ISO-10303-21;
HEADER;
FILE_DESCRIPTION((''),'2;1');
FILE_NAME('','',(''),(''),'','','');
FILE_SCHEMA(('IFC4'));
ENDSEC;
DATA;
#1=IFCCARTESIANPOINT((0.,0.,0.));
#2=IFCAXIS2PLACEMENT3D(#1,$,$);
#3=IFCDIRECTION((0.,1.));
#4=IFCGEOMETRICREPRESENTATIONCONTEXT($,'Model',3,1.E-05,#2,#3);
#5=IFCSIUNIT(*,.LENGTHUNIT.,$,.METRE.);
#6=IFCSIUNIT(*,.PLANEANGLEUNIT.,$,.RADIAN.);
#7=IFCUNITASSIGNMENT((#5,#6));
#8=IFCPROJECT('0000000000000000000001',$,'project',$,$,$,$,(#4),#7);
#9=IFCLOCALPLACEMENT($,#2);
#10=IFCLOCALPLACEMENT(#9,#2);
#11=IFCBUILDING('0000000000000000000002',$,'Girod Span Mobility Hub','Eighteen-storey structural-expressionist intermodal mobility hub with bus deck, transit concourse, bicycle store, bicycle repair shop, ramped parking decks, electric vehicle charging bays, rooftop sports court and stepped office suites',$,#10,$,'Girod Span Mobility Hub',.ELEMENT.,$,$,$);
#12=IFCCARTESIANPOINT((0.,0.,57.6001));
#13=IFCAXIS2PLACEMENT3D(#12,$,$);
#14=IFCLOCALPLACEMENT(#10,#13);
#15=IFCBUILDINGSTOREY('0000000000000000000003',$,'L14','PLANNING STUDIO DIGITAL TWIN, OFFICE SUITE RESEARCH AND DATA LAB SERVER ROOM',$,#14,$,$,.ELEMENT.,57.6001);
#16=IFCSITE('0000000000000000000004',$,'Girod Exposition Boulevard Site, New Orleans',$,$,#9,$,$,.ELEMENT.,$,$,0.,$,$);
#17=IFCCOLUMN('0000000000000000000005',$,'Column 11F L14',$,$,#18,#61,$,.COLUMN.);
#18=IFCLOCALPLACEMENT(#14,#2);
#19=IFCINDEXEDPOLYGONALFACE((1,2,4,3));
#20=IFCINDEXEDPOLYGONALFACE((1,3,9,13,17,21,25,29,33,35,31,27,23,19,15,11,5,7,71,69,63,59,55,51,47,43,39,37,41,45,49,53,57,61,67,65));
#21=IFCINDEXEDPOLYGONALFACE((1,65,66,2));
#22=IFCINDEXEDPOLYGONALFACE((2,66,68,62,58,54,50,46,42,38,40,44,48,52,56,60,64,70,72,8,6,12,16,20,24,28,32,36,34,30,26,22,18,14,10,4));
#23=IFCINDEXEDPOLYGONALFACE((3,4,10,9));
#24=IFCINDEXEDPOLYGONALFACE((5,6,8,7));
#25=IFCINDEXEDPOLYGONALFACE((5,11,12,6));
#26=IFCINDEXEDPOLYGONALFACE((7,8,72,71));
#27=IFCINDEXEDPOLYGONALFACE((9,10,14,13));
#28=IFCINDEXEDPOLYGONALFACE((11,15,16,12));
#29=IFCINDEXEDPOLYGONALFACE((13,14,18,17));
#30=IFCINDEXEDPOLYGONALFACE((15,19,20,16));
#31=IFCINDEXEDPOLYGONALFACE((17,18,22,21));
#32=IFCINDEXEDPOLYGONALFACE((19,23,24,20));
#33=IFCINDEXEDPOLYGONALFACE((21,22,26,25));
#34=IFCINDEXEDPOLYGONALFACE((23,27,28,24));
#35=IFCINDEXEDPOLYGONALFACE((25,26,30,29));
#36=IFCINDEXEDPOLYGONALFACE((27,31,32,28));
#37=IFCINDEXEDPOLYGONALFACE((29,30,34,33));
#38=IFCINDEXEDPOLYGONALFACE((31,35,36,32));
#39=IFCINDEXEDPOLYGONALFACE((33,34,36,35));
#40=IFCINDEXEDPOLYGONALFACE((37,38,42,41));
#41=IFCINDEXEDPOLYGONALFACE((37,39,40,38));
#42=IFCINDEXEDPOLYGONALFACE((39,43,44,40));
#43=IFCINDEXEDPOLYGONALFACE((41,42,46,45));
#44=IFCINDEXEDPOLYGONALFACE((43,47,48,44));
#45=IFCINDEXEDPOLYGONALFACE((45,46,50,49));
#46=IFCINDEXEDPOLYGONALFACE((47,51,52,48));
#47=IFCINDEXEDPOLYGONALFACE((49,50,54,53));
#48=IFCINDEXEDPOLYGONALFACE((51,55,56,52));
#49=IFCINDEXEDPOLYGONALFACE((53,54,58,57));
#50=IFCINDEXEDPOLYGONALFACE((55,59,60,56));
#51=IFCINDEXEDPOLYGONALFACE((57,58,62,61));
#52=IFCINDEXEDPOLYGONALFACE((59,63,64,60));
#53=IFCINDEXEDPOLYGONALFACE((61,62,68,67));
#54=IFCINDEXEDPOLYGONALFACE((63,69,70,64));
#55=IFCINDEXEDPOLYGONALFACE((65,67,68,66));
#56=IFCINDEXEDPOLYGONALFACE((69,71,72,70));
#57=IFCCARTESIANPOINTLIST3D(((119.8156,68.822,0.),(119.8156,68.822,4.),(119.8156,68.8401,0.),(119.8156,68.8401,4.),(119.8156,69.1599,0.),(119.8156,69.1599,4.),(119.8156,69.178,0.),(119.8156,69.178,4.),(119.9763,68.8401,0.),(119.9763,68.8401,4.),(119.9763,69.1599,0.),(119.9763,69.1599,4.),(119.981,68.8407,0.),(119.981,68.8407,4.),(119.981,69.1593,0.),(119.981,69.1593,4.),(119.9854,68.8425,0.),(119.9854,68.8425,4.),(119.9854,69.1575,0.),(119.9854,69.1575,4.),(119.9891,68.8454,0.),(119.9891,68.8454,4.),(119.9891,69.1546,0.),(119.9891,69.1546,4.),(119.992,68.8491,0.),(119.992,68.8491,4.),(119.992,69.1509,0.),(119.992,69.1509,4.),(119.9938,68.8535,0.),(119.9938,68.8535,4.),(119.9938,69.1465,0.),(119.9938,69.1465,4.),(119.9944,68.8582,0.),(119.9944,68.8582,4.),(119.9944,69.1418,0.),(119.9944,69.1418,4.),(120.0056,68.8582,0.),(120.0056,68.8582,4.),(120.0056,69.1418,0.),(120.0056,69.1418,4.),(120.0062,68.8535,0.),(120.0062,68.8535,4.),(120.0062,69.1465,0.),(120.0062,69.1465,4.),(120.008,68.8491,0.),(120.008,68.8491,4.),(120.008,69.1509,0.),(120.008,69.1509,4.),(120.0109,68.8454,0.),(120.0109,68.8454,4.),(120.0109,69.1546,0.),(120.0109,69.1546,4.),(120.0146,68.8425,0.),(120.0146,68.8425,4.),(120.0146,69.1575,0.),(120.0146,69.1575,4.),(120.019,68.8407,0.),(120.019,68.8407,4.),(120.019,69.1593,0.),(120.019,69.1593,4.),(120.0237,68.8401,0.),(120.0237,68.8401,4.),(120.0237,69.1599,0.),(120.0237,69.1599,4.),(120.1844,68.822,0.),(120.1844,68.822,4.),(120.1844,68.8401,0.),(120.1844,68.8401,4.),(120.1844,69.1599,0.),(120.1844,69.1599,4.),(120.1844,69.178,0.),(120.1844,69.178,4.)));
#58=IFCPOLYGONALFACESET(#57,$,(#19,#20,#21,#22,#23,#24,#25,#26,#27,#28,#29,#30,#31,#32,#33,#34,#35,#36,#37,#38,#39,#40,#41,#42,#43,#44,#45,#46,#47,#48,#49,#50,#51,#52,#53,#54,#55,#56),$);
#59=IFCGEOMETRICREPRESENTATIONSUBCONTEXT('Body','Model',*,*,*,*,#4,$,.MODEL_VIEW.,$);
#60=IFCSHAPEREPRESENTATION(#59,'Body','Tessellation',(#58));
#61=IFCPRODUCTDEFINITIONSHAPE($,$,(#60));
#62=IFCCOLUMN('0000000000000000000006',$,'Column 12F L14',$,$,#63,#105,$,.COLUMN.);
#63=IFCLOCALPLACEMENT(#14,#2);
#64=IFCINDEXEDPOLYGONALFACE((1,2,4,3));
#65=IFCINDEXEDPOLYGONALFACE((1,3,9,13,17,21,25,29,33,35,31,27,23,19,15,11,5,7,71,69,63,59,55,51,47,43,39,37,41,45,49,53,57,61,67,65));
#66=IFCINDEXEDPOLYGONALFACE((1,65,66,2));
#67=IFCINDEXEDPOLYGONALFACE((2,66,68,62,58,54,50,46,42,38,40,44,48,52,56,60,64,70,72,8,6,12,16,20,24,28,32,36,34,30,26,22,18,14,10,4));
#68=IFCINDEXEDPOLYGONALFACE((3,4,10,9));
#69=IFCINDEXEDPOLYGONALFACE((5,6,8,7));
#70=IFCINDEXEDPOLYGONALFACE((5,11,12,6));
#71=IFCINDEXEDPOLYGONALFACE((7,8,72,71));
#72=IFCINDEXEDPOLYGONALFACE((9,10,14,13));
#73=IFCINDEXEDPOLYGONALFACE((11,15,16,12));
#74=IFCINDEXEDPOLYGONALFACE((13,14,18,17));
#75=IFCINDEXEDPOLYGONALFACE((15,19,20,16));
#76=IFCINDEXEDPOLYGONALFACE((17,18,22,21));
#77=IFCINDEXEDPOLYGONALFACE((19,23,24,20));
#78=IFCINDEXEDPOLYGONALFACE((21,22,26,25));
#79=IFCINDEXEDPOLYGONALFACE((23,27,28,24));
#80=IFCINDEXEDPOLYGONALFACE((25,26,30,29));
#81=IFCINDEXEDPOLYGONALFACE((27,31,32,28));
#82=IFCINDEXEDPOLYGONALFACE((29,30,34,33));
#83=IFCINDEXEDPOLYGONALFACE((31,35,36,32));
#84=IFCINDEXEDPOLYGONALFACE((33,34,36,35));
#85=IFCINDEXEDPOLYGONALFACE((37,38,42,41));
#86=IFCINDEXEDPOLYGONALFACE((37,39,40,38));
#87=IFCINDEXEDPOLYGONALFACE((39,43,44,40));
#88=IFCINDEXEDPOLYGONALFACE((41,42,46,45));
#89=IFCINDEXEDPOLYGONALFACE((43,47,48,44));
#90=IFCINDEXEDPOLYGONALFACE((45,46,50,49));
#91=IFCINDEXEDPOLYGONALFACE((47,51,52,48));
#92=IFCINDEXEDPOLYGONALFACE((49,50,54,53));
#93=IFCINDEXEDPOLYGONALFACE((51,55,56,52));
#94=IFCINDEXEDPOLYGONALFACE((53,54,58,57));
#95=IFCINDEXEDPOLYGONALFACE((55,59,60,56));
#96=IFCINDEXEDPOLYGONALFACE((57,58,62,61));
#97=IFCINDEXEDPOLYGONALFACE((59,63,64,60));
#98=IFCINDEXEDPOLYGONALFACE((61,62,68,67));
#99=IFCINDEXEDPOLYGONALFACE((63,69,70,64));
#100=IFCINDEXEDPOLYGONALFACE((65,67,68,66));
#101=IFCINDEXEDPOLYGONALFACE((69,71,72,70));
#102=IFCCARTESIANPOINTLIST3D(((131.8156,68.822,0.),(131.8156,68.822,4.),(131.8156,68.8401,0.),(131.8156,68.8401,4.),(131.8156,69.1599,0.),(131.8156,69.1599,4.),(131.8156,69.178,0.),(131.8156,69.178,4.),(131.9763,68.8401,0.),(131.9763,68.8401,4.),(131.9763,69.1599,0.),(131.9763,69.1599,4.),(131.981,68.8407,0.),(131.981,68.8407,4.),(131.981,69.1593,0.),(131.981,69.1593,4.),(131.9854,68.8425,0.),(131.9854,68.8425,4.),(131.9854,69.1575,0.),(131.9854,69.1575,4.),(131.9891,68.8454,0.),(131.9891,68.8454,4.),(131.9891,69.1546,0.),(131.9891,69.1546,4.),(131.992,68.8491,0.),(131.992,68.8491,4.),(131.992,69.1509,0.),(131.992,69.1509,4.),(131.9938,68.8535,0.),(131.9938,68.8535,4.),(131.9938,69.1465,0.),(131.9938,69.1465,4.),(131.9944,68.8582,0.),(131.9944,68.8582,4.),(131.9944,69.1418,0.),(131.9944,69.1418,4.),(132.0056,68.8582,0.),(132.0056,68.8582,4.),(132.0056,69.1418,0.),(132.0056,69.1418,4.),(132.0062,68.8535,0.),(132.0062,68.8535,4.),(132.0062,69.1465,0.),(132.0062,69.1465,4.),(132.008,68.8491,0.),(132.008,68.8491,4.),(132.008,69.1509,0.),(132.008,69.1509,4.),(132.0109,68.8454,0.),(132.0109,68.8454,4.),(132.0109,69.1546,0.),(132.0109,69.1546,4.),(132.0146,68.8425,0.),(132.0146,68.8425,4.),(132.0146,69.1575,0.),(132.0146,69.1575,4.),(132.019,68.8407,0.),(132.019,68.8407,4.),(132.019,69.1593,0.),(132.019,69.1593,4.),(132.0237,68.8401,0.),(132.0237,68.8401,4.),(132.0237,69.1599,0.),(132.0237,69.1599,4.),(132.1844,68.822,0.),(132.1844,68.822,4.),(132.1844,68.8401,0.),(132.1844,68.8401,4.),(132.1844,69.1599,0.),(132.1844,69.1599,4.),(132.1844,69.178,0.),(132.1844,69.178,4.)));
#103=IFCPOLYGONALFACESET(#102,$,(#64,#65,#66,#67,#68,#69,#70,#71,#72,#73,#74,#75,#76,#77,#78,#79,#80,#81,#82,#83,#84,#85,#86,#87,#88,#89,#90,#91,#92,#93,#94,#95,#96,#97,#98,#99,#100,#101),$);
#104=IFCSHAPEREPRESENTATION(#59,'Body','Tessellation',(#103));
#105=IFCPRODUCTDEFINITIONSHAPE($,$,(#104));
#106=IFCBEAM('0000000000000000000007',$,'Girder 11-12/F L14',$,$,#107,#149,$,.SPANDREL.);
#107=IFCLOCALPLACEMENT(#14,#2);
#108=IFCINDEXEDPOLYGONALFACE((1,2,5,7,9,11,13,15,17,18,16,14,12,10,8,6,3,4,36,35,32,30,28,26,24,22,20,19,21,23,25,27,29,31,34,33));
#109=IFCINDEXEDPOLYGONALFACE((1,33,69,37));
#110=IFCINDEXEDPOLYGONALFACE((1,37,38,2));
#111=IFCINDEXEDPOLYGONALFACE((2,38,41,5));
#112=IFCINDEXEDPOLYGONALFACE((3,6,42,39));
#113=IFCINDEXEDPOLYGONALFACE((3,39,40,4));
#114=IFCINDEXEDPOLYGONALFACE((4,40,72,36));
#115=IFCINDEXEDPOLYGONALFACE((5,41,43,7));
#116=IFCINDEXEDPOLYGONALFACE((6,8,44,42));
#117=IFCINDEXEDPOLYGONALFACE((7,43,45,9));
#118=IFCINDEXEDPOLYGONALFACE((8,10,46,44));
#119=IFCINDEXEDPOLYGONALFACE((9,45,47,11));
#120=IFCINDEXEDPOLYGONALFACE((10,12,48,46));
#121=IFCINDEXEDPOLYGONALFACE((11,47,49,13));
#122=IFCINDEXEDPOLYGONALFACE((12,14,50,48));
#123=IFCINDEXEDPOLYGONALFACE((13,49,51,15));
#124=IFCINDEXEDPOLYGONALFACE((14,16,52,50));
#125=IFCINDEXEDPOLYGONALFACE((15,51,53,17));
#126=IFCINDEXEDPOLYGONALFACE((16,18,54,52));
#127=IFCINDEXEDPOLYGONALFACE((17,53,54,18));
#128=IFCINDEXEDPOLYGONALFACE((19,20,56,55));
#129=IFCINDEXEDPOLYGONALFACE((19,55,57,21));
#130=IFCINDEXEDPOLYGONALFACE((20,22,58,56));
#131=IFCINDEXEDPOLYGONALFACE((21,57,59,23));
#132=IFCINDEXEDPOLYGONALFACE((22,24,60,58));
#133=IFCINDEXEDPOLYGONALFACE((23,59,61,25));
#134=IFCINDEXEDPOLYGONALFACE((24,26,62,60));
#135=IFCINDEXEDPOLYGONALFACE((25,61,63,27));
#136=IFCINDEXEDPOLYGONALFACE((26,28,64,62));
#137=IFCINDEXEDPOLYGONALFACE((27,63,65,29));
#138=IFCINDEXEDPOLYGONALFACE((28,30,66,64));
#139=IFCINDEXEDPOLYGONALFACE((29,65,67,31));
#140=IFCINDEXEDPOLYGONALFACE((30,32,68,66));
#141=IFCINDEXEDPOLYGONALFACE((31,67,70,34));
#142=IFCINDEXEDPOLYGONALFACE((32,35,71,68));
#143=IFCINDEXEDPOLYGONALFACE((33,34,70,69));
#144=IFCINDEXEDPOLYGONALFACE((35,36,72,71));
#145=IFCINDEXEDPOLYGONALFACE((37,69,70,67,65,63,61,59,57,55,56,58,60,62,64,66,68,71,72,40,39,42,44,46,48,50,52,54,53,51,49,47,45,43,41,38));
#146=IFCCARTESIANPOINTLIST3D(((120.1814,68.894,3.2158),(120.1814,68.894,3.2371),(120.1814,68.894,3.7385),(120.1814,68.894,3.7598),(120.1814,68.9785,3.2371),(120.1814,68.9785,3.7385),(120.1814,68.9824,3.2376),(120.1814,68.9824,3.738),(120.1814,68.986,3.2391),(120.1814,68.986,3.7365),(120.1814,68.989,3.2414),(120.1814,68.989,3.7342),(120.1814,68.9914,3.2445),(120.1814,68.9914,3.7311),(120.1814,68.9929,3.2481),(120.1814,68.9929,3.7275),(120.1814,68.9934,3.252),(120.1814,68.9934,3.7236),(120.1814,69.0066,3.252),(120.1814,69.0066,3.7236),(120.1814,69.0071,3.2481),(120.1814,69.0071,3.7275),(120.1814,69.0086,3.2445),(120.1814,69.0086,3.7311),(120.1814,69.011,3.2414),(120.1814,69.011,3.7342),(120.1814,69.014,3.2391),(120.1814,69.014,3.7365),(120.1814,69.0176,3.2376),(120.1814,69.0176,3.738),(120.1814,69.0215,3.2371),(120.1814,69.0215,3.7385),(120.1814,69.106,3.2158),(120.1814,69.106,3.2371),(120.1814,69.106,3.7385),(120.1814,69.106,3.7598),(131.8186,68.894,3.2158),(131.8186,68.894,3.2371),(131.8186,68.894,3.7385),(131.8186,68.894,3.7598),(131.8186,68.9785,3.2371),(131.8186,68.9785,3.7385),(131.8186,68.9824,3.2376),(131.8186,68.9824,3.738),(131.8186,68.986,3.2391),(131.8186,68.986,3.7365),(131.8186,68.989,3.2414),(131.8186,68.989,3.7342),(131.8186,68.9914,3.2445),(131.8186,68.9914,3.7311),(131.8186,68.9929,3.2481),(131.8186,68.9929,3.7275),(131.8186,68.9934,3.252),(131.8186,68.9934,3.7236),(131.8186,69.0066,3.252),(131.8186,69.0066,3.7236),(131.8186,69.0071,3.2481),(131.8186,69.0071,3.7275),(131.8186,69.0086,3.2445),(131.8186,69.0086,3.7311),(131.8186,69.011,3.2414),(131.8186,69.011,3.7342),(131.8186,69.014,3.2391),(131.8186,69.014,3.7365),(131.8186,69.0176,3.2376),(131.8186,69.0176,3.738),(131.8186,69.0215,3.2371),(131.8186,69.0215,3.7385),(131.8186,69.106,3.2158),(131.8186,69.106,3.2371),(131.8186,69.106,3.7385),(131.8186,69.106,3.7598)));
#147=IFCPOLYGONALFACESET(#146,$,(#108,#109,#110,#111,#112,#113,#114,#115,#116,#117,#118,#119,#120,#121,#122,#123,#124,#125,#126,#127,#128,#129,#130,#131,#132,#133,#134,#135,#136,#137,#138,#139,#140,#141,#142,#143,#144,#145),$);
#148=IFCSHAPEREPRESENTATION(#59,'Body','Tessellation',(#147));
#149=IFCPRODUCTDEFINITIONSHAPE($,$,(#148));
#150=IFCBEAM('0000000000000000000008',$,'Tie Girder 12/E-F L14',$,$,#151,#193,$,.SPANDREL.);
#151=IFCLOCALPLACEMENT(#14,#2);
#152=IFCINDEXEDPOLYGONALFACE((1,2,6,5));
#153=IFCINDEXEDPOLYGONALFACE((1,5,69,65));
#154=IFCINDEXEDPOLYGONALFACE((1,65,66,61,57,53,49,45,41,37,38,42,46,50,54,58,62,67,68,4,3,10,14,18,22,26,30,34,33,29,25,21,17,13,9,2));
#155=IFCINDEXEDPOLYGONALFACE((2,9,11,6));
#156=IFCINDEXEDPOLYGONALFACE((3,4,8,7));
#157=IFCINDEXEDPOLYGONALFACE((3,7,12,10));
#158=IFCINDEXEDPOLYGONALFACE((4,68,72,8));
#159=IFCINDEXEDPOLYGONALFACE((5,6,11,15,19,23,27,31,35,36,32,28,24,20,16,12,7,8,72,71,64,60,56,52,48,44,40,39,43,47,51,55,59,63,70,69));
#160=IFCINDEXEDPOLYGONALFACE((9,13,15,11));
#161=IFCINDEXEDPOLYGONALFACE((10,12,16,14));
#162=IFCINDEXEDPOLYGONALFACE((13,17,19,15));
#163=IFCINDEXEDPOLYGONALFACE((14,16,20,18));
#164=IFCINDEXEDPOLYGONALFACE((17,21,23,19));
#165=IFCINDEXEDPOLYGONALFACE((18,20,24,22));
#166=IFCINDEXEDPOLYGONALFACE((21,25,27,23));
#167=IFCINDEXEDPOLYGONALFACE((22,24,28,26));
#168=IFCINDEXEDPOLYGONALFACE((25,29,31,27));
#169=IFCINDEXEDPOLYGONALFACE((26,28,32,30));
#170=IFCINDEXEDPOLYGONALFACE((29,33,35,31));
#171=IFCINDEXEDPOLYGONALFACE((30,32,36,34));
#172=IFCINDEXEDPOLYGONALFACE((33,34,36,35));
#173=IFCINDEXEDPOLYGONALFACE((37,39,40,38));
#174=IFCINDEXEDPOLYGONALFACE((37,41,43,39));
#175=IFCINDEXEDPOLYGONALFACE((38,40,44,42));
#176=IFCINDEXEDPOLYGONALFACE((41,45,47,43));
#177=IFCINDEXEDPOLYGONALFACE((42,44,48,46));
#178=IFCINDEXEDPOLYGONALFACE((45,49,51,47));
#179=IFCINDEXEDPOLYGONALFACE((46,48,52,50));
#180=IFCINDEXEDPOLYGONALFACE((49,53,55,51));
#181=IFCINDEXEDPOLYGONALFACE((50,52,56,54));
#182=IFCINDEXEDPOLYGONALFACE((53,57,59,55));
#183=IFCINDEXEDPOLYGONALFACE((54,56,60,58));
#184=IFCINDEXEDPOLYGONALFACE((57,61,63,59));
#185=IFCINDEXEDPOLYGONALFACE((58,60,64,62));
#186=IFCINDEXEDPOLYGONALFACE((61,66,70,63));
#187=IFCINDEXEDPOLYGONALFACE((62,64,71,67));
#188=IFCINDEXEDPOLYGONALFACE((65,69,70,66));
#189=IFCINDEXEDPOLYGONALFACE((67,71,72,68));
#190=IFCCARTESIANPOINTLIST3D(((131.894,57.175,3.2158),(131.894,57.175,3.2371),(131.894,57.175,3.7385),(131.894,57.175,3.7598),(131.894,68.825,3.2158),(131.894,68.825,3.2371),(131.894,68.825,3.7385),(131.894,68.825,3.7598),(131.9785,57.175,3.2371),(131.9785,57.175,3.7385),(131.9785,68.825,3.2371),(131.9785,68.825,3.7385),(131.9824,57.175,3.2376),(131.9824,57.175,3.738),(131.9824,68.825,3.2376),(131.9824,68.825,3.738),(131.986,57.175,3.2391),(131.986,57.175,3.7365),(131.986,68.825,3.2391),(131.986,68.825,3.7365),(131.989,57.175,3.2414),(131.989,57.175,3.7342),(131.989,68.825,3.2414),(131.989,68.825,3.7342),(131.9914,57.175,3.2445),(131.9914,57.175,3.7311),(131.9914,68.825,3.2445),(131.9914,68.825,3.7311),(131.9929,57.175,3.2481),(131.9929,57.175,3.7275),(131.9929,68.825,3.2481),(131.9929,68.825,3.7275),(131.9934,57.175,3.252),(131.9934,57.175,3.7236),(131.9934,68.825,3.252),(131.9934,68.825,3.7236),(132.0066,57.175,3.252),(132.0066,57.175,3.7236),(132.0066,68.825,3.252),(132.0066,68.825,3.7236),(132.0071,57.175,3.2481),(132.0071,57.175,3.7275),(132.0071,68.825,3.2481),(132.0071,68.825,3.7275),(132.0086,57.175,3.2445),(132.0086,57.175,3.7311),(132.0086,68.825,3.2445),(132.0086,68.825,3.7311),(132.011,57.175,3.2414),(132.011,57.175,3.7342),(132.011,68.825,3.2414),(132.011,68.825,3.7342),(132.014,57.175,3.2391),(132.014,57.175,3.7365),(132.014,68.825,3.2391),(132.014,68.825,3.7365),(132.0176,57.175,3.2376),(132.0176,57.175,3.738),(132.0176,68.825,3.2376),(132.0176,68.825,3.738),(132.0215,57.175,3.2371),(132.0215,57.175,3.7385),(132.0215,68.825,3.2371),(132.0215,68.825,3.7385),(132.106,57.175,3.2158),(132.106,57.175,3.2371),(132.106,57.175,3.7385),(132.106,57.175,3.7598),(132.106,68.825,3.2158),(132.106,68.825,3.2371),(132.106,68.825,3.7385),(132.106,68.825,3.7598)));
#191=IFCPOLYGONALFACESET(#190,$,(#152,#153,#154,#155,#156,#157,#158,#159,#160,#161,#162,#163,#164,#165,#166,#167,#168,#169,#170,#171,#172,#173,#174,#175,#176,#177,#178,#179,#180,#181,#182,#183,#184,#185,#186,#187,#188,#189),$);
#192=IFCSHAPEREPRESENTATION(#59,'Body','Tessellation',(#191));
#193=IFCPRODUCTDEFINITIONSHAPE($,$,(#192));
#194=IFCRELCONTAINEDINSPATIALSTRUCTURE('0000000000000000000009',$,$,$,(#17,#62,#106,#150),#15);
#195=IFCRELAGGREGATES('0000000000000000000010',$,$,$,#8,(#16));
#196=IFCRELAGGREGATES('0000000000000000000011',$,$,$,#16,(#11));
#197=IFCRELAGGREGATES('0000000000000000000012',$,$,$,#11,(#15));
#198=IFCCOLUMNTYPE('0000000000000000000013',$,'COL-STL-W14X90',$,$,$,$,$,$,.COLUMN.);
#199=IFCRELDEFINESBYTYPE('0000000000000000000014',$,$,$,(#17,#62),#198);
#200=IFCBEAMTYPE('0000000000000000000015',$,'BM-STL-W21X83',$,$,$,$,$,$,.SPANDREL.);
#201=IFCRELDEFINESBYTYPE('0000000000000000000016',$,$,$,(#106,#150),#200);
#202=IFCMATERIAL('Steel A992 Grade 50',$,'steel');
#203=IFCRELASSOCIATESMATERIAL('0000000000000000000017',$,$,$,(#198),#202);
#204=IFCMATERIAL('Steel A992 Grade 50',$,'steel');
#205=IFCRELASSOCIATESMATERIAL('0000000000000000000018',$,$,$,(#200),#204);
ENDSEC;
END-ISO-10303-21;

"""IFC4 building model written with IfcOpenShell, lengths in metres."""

from ifc_helpers import new_model, si_unit, direction, frame, origin, origin_2d, place, context, subcontext, project, spatial, i_section, extrude, material, material_profile, profile_set, type_object, element, save


model = new_model("IFC4")

# Units and contexts
model_context = context("Model", 3, precision=1e-05, world=origin(), true_north=direction((0.0, 1.0)))
body_context = subcontext(model_context, "Body", "Model", "MODEL_VIEW")
ifc_project = project(units=[si_unit("LENGTHUNIT", "METRE"), si_unit("PLANEANGLEUNIT", "RADIAN")], contexts=[model_context])

# Site, building, storey
site_placement = place(None, origin())
site = spatial("IfcSite", under=ifc_project, at=site_placement, Name="Girod Exposition Boulevard Site, New Orleans", CompositionType="ELEMENT", RefElevation=0.0)
building_placement = place(site_placement, origin())
building = spatial("IfcBuilding", under=site, at=building_placement, Name="Girod Span Mobility Hub", Description="Eighteen-storey structural-expressionist intermodal mobility hub with bus deck, transit concourse, bicycle store, bicycle repair shop, ramped parking decks, electric vehicle charging bays, rooftop sports court and stepped office suites", LongName="Girod Span Mobility Hub", CompositionType="ELEMENT")
storey_placement = place(building_placement, frame((0.0, 0.0, 57.6001)))
storey = spatial("IfcBuildingStorey", under=building, at=storey_placement, Name="L14", Description="PLANNING STUDIO DIGITAL TWIN, OFFICE SUITE RESEARCH AND DATA LAB SERVER ROOM", CompositionType="ELEMENT", Elevation=57.6001)

# Columns
ifc_material_1 = material(Name="Steel A992 Grade 50", Category="steel")
ifc_material_profile_1 = material_profile(ifc_material_1, i_section(OverallWidth=0.3689, OverallDepth=0.356, WebThickness=0.0112, FlangeThickness=0.0181, FilletRadius=0.0181, at=origin_2d()), Name="W14X90")
ifc_profile_set_1 = profile_set([ifc_material_profile_1], Name="Steel A992 Grade 50")
column_type = type_object("IfcColumnType", Name="COL-STL-W14X90", PredefinedType="COLUMN", material=ifc_profile_set_1)
for number, where, z_axis, x_axis, name in (
    (1, (120.0, 69.0, 0.0), (0.0, 0.0, 1.0), (1.0, 0.0, 0.0), "Column 11F L14"),
    (2, (132.0, 69.0, 0.0), (0.0, 0.0, 1.0), (1.0, 0.0, 0.0), "Column 12F L14"),
):
    element("IfcColumn", number, at=place(storey_placement, frame(where, z_axis=z_axis, x_axis=x_axis)), inside=storey, type_object=column_type, Name=name, PredefinedType="COLUMN", context=body_context, shape_type="SweptSolid", body=[
        extrude(i_section(OverallWidth=0.3689, OverallDepth=0.356, WebThickness=0.0112, FlangeThickness=0.0181, FilletRadius=0.0181, at=origin_2d()), origin(), (0.0, 0.0, 1.0), 4.0),
    ])

# Beams
ifc_material_2 = material(Name="Steel A992 Grade 50", Category="steel")
ifc_material_profile_2 = material_profile(ifc_material_2, i_section(OverallWidth=0.2119, OverallDepth=0.5439, WebThickness=0.0132, FlangeThickness=0.0212, FilletRadius=0.0149, at=origin_2d()), Name="W21X83")
ifc_profile_set_2 = profile_set([ifc_material_profile_2], Name="Steel A992 Grade 50")
beam_type = type_object("IfcBeamType", Name="BM-STL-W21X83", PredefinedType="SPANDREL", material=ifc_profile_set_2)
beam_1_placement = place(storey_placement, frame((120.1814, 69.0, 3.4878), z_axis=(1.0, 0.0, 0.0), x_axis=(0.0, 1.0, 0.0)))
element("IfcBeam", 3, at=beam_1_placement, inside=storey, type_object=beam_type, Name="Girder 11-12/F L14", PredefinedType="SPANDREL", context=body_context, shape_type="SweptSolid", body=[
    extrude(i_section(OverallWidth=0.2119, OverallDepth=0.5439, WebThickness=0.0132, FlangeThickness=0.0212, FilletRadius=0.0149, at=origin_2d()), origin(), (0.0, 0.0, 1.0), 11.6372),
])
beam_2_placement = place(storey_placement, frame((132.0, 57.175, 3.4878), z_axis=(0.0, 1.0, 0.0), x_axis=(-1.0, 0.0, 0.0)))
element("IfcBeam", 4, at=beam_2_placement, inside=storey, type_object=beam_type, Name="Tie Girder 12/E-F L14", PredefinedType="SPANDREL", context=body_context, shape_type="SweptSolid", body=[
    extrude(i_section(OverallWidth=0.2119, OverallDepth=0.5439, WebThickness=0.0132, FlangeThickness=0.0212, FilletRadius=0.0149, at=origin_2d()), origin(), (0.0, 0.0, 1.0), 11.6499),
])

save(model, "model.ifc")
